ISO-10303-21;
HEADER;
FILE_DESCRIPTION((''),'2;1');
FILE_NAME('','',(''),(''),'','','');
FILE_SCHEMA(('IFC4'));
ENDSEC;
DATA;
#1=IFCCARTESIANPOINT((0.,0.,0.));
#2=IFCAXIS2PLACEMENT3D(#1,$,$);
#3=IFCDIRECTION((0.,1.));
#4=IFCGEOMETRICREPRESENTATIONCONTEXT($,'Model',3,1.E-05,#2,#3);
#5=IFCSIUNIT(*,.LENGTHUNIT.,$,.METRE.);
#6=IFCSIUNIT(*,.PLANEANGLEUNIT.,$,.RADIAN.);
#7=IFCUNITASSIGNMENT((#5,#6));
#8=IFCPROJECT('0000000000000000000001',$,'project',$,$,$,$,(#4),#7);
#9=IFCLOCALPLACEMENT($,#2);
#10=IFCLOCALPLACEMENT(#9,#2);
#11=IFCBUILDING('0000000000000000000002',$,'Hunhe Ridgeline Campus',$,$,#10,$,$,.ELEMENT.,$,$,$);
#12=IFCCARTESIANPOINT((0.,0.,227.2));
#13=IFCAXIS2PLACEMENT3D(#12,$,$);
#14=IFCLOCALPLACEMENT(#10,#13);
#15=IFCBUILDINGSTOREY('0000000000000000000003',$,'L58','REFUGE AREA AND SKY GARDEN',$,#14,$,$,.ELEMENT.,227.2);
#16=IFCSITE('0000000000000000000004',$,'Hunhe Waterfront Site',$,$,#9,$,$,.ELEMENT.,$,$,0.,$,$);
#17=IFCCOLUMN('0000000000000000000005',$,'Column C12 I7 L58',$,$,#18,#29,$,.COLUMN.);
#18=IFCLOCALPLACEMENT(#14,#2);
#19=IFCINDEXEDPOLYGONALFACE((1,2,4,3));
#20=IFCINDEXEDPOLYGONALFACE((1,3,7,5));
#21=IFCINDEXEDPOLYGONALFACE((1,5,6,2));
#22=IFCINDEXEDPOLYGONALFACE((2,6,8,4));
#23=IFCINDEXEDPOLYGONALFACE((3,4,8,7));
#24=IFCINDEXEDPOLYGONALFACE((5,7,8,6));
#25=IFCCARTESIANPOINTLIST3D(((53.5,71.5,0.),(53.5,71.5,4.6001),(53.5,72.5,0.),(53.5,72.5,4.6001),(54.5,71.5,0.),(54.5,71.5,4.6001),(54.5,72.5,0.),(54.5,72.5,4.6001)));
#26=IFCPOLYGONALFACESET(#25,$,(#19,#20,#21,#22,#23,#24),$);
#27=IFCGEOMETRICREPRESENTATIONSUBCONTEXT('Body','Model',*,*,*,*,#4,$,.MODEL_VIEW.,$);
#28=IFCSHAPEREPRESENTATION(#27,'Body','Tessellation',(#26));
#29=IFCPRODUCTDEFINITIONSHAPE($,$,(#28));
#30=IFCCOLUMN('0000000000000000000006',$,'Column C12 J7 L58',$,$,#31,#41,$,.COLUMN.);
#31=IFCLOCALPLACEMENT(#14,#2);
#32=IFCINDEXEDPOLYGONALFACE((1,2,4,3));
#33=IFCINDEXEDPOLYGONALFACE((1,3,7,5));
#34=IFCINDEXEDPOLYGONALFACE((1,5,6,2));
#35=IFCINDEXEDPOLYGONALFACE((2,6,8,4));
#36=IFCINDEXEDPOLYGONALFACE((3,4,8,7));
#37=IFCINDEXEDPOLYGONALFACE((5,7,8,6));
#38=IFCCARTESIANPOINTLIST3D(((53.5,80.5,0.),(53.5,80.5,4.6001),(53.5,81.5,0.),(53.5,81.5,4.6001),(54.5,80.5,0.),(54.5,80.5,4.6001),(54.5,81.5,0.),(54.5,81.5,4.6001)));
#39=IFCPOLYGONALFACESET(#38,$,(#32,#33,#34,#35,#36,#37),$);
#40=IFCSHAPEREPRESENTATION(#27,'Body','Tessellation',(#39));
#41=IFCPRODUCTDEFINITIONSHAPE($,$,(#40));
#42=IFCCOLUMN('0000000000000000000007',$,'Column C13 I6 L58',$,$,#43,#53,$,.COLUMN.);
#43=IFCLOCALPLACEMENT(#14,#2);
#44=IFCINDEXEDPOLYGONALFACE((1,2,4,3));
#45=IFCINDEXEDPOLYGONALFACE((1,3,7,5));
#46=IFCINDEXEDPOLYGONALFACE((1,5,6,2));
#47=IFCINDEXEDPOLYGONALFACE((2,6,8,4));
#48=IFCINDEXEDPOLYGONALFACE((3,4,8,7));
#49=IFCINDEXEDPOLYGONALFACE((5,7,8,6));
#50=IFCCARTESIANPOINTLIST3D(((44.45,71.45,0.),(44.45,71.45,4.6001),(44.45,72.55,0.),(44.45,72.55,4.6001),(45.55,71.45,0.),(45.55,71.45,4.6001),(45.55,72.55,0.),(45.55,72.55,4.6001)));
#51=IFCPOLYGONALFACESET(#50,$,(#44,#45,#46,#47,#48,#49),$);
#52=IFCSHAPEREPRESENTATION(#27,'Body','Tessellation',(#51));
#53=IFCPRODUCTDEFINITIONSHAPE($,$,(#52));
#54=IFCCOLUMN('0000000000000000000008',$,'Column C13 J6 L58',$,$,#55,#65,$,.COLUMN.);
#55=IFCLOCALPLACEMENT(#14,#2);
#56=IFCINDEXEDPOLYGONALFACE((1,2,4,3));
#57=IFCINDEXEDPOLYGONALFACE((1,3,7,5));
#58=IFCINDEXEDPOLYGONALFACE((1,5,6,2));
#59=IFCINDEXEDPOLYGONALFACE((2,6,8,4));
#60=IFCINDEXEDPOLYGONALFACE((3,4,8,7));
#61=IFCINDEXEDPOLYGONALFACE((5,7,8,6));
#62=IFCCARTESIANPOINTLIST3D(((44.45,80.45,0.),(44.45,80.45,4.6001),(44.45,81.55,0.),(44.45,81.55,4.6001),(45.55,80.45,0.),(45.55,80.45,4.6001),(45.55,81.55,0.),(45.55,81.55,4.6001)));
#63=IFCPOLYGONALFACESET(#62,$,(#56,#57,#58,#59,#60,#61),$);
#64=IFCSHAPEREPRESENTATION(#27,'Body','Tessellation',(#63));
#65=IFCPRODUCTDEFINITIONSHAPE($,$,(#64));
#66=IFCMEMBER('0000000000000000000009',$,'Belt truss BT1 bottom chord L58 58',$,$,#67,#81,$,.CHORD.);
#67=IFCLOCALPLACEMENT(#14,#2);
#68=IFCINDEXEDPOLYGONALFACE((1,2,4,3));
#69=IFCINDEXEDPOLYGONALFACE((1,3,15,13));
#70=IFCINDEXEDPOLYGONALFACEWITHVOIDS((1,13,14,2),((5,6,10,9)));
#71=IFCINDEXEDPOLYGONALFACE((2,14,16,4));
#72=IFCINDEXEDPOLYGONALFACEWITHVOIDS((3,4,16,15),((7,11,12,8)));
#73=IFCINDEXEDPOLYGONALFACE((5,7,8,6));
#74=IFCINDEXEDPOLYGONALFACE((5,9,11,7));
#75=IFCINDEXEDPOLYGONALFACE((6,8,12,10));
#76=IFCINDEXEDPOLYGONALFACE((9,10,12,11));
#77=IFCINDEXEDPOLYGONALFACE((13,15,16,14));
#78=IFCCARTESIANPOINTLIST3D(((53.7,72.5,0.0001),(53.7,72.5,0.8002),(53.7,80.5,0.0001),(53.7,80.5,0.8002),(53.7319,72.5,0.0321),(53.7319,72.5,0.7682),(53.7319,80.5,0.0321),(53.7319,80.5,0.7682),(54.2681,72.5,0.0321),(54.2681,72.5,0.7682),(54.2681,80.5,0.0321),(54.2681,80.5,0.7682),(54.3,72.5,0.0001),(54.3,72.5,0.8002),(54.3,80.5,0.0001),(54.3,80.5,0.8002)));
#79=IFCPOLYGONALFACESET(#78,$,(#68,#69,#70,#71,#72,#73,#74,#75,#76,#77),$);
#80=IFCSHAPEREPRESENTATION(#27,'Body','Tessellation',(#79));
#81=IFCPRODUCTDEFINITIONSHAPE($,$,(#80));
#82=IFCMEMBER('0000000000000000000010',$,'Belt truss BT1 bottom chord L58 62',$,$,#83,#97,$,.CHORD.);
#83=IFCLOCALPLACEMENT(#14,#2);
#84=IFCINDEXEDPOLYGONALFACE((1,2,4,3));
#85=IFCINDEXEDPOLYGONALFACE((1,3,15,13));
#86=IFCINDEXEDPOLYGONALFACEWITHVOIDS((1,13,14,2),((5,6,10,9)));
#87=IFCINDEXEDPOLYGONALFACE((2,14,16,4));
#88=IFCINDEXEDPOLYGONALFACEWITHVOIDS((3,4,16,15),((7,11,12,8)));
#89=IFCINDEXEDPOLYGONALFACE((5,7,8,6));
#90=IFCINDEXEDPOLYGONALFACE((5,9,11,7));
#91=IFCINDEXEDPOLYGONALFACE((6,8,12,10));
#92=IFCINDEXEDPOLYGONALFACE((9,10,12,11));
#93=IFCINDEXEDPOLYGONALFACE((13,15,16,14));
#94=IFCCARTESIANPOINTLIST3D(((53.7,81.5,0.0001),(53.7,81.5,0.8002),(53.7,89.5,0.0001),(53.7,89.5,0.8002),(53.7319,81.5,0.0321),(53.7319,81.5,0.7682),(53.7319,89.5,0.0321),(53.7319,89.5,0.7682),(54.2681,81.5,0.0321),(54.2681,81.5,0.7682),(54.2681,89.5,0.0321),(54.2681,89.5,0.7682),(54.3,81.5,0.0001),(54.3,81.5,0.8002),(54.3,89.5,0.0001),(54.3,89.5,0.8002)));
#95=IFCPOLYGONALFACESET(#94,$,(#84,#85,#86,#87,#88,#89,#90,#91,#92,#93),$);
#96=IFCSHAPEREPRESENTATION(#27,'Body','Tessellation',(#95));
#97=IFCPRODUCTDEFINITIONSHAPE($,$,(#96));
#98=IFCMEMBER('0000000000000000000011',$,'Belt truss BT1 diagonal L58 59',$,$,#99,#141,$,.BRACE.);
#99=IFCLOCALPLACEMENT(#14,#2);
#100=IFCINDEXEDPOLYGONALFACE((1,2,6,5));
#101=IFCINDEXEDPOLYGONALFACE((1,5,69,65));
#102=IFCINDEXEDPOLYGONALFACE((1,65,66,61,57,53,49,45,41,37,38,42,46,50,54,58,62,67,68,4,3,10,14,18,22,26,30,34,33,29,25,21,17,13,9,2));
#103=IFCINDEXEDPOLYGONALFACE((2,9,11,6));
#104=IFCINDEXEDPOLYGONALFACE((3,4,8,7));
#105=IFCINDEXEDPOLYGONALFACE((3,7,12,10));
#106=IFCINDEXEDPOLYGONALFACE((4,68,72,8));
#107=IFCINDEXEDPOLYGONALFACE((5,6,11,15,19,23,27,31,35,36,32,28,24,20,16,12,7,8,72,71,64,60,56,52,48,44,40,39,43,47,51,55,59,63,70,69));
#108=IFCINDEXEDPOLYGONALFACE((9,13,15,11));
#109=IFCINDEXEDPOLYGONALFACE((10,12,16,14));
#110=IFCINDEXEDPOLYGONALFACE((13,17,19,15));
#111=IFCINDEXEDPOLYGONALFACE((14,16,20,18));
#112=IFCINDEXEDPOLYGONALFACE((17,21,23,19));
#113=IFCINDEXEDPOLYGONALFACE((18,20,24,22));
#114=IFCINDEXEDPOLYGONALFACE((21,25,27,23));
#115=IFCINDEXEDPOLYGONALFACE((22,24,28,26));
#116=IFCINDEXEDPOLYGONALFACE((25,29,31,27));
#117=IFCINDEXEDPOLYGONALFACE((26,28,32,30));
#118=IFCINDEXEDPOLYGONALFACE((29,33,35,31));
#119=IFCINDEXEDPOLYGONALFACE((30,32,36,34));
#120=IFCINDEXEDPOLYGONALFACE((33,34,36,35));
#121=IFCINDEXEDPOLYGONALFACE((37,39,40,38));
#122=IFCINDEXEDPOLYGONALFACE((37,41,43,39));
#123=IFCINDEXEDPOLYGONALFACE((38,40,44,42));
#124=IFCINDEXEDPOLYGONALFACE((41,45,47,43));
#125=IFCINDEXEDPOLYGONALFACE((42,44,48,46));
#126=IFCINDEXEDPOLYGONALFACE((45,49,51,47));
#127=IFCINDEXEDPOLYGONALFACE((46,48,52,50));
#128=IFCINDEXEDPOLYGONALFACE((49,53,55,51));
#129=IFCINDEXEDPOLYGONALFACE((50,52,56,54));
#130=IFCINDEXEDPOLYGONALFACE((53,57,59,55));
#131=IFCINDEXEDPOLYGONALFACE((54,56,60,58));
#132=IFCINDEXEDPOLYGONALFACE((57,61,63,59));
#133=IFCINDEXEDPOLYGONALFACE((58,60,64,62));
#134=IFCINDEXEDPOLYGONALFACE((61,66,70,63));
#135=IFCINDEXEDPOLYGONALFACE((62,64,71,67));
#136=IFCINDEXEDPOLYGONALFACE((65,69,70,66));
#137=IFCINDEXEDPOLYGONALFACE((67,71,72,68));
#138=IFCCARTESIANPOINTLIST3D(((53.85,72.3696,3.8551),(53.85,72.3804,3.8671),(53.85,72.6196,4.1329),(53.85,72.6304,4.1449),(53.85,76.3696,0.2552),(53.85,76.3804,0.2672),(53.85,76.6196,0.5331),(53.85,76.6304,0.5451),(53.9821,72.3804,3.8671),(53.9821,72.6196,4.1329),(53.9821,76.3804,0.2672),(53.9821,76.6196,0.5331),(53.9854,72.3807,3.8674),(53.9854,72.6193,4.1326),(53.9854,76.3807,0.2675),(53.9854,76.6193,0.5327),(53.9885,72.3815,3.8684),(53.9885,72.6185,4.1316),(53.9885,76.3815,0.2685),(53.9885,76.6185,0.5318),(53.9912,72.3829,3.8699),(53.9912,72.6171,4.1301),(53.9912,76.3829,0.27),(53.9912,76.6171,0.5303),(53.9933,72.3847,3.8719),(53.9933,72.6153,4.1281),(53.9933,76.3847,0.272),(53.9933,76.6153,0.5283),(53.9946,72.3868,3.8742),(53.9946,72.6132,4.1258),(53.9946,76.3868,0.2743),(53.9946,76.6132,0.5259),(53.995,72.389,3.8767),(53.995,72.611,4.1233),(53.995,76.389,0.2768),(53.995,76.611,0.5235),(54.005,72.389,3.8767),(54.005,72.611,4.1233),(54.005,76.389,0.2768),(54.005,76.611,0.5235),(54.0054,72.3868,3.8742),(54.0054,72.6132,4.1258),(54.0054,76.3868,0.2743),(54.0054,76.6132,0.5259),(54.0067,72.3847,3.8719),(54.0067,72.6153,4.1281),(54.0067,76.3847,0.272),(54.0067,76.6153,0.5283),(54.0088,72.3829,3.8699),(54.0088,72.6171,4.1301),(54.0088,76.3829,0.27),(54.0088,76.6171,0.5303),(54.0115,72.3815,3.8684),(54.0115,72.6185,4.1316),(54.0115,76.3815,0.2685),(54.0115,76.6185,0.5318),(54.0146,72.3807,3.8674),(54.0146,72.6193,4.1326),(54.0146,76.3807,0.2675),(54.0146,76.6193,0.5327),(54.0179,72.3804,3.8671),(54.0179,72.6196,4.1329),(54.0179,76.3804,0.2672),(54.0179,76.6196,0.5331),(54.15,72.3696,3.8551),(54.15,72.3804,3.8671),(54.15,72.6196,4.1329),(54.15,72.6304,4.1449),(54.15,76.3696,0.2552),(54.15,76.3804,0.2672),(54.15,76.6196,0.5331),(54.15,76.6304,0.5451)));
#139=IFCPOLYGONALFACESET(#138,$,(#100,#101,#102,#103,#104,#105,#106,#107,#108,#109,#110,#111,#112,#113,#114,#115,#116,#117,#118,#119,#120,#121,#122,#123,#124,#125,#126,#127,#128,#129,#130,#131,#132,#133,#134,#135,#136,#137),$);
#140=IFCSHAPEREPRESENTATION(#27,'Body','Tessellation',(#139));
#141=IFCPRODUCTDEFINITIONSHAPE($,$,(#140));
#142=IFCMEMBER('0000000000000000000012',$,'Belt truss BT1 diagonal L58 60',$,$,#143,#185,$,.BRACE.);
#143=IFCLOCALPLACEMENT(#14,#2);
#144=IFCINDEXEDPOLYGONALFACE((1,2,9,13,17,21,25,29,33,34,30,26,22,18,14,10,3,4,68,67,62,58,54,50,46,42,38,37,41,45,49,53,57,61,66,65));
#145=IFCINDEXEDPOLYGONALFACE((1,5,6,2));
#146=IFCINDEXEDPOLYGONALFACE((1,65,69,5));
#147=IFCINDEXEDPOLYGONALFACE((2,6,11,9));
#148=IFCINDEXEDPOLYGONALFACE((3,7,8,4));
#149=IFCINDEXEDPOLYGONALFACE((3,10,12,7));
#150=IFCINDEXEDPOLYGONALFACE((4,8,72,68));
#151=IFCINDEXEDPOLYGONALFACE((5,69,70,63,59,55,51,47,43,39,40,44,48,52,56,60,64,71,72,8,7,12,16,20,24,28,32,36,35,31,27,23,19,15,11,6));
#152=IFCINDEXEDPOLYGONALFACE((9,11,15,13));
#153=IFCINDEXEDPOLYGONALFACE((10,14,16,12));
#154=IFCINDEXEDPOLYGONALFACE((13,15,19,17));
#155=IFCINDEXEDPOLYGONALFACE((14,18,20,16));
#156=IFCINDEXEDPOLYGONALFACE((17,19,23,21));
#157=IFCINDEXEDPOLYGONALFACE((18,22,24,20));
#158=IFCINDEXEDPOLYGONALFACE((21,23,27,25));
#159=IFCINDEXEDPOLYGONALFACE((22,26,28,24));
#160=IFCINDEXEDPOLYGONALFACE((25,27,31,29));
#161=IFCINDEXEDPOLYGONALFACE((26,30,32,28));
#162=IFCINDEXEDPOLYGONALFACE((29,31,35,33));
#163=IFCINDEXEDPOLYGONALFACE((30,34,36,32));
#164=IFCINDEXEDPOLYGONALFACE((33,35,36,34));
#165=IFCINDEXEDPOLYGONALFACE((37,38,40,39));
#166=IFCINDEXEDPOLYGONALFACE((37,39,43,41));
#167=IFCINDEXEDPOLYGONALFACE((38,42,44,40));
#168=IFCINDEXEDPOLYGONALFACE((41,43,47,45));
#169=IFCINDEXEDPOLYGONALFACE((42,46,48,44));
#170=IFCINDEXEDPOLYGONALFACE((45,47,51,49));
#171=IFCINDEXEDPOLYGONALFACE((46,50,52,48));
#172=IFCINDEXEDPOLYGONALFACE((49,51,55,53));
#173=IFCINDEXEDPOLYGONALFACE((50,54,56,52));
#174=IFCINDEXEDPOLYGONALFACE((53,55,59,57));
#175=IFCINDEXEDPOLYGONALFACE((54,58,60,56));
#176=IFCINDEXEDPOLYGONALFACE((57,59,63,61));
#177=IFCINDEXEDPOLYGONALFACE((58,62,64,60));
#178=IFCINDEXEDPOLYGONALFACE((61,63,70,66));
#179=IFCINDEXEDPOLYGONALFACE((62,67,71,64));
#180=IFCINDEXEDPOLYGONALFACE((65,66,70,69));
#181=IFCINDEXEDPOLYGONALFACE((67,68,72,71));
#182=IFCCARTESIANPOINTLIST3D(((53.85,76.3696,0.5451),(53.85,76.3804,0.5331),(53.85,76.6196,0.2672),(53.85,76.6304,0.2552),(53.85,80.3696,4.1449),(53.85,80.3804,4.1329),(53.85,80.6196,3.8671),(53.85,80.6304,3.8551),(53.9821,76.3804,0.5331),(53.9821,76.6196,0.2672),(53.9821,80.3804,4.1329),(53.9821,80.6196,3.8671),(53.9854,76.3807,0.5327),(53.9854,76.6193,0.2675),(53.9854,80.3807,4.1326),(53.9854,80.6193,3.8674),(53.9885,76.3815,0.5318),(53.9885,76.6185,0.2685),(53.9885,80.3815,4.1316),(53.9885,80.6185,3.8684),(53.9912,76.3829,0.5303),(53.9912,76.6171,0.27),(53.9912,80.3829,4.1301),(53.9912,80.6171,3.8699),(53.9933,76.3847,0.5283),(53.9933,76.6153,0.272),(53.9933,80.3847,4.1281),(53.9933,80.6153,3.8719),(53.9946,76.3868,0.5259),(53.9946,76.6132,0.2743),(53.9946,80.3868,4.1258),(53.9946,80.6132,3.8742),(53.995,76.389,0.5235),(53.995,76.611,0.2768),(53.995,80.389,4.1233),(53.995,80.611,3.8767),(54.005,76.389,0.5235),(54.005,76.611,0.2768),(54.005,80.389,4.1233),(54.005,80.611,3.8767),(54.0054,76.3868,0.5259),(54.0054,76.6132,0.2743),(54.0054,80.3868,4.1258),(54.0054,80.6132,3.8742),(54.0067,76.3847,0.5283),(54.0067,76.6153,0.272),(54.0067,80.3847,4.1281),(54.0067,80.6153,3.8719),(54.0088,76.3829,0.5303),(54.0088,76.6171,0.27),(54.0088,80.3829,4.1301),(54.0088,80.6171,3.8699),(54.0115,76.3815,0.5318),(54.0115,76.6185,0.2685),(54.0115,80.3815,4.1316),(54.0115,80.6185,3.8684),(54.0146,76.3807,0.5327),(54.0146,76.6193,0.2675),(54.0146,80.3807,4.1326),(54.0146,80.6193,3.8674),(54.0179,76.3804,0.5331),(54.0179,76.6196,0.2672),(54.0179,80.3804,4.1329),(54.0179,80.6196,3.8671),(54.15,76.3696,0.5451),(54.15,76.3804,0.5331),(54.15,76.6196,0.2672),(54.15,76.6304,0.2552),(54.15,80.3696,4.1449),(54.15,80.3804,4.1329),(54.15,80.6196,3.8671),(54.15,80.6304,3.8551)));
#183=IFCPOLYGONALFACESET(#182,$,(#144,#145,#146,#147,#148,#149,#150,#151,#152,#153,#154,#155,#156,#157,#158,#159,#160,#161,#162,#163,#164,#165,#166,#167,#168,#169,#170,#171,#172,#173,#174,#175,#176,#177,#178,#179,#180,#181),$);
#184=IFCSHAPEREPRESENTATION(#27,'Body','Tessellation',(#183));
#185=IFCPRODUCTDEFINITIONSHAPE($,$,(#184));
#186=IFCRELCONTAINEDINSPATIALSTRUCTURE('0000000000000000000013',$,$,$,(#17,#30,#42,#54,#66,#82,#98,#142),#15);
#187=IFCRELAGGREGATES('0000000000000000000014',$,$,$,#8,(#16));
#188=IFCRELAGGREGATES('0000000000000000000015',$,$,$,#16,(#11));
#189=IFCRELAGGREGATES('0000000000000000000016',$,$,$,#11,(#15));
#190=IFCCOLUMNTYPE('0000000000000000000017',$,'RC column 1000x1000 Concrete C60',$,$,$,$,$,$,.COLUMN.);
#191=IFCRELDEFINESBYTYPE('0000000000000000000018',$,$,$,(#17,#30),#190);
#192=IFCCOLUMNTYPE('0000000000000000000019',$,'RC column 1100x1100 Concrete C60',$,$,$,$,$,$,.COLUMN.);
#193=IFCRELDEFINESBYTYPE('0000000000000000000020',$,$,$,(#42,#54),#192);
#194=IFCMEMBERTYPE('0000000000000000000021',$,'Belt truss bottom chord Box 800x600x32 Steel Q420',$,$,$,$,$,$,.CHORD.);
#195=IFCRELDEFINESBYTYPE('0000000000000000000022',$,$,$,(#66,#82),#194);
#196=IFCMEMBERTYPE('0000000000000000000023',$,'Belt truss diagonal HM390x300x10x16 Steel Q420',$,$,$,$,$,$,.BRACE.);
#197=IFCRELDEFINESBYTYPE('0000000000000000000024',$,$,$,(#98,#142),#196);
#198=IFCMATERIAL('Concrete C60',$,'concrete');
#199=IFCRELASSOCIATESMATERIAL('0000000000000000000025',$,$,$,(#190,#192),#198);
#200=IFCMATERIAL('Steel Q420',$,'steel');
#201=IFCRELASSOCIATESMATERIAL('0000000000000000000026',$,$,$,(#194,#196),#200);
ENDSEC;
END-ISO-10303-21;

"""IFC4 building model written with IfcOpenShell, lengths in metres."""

from ifc_helpers import new_model, si_unit, direction, frame, origin, origin_2d, place, context, subcontext, project, spatial, rectangle, hollow_rectangle, i_section, extrude, material, material_profile, profile_set, type_object, element, save


model = new_model("IFC4")

# Units and contexts
model_context = context("Model", 3, precision=1e-05, world=origin(), true_north=direction((0.0, 1.0)))
body_context = subcontext(model_context, "Body", "Model", "MODEL_VIEW")
ifc_project = project(units=[si_unit("LENGTHUNIT", "METRE"), si_unit("PLANEANGLEUNIT", "RADIAN")], contexts=[model_context])

# Site, building, storey
site_placement = place(None, origin())
site = spatial("IfcSite", under=ifc_project, at=site_placement, Name="Hunhe Waterfront Site", CompositionType="ELEMENT", RefElevation=0.0)
building_placement = place(site_placement, origin())
building = spatial("IfcBuilding", under=site, at=building_placement, Name="Hunhe Ridgeline Campus", CompositionType="ELEMENT")
storey_placement = place(building_placement, frame((0.0, 0.0, 227.2)))
storey = spatial("IfcBuildingStorey", under=building, at=storey_placement, Name="L58", Description="REFUGE AREA AND SKY GARDEN", CompositionType="ELEMENT", Elevation=227.2)

# Columns
ifc_material_1 = material(Name="Concrete C60", Category="concrete")
ifc_material_profile_1 = material_profile(ifc_material_1, rectangle(XDim=1.0, YDim=1.0, at=origin_2d()))
ifc_profile_set_1 = profile_set([ifc_material_profile_1], Name="Concrete C60")
column_type_1 = type_object("IfcColumnType", Name="RC column 1000x1000 Concrete C60", PredefinedType="COLUMN", material=ifc_profile_set_1)
for number, where, z_axis, x_axis, name in (
    (1, (54.0, 72.0, 0.0), (0.0, 0.0, 1.0), (1.0, 0.0, 0.0), "Column C12 I7 L58"),
    (2, (54.0, 81.0, 0.0), (0.0, 0.0, 1.0), (1.0, 0.0, 0.0), "Column C12 J7 L58"),
):
    element("IfcColumn", number, at=place(storey_placement, frame(where, z_axis=z_axis, x_axis=x_axis)), inside=storey, type_object=column_type_1, Name=name, PredefinedType="COLUMN", context=body_context, shape_type="SweptSolid", body=[
        extrude(rectangle(XDim=1.0, YDim=1.0, at=origin_2d()), origin(), (0.0, 0.0, 1.0), 4.6001),
    ])
ifc_material_profile_2 = material_profile(ifc_material_1, rectangle(XDim=1.1001, YDim=1.1001, at=origin_2d()))
ifc_profile_set_2 = profile_set([ifc_material_profile_2], Name="Concrete C60")
column_type_2 = type_object("IfcColumnType", Name="RC column 1100x1100 Concrete C60", PredefinedType="COLUMN", material=ifc_profile_set_2)
for number, where, z_axis, x_axis, name in (
    (3, (45.0, 72.0, 0.0), (0.0, 0.0, 1.0), (1.0, 0.0, 0.0), "Column C13 I6 L58"),
    (4, (45.0, 81.0, 0.0), (0.0, 0.0, 1.0), (1.0, 0.0, 0.0), "Column C13 J6 L58"),
):
    element("IfcColumn", number, at=place(storey_placement, frame(where, z_axis=z_axis, x_axis=x_axis)), inside=storey, type_object=column_type_2, Name=name, PredefinedType="COLUMN", context=body_context, shape_type="SweptSolid", body=[
        extrude(rectangle(XDim=1.1001, YDim=1.1001, at=origin_2d()), origin(), (0.0, 0.0, 1.0), 4.6001),
    ])

# Members
ifc_material_2 = material(Name="Steel Q420", Category="steel")
ifc_material_profile_3 = material_profile(ifc_material_2, hollow_rectangle(XDim=0.6001, YDim=0.8, WallThickness=0.032, at=origin_2d()))
ifc_profile_set_3 = profile_set([ifc_material_profile_3], Name="Steel Q420")
member_type_1 = type_object("IfcMemberType", Name="Belt truss bottom chord Box 800x600x32 Steel Q420", PredefinedType="CHORD", material=ifc_profile_set_3)
for number, where, z_axis, x_axis, name in (
    (5, (54.0, 72.5, 0.4001), (0.0, 1.0, 0.0), (-1.0, 0.0, 0.0), "Belt truss BT1 bottom chord L58 58"),
    (6, (54.0, 81.5, 0.4001), (0.0, 1.0, 0.0), (-1.0, 0.0, 0.0), "Belt truss BT1 bottom chord L58 62"),
):
    element("IfcMember", number, at=place(storey_placement, frame(where, z_axis=z_axis, x_axis=x_axis)), inside=storey, type_object=member_type_1, Name=name, PredefinedType="CHORD", context=body_context, shape_type="SweptSolid", body=[
        extrude(hollow_rectangle(XDim=0.6001, YDim=0.8, WallThickness=0.032, at=origin_2d()), origin(), (0.0, 0.0, 1.0), 8.0),
    ])
ifc_material_profile_4 = material_profile(ifc_material_2, i_section(OverallWidth=0.3, OverallDepth=0.3899, WebThickness=0.01, FlangeThickness=0.0161, FilletRadius=0.0129, at=origin_2d()))
ifc_profile_set_4 = profile_set([ifc_material_profile_4], Name="Steel Q420")
member_type_2 = type_object("IfcMemberType", Name="Belt truss diagonal HM390x300x10x16 Steel Q420", PredefinedType="BRACE", material=ifc_profile_set_4)
for number, where, z_axis, x_axis, name in (
    (7, (54.0, 72.5, 4.0), (0.0, 0.743308, -0.66895), (-1.0, 0.0, 0.0), "Belt truss BT1 diagonal L58 59"),
    (8, (54.0, 76.5, 0.4001), (0.0, 0.743308, 0.66895), (-1.0, 0.0, 0.0), "Belt truss BT1 diagonal L58 60"),
):
    element("IfcMember", number, at=place(storey_placement, frame(where, z_axis=z_axis, x_axis=x_axis)), inside=storey, type_object=member_type_2, Name=name, PredefinedType="BRACE", context=body_context, shape_type="SweptSolid", body=[
        extrude(i_section(OverallWidth=0.3, OverallDepth=0.3899, WebThickness=0.01, FlangeThickness=0.0161, FilletRadius=0.0129, at=origin_2d()), origin(), (0.0, 0.0, 1.0), 5.3813),
    ])

save(model, "model.ifc")
